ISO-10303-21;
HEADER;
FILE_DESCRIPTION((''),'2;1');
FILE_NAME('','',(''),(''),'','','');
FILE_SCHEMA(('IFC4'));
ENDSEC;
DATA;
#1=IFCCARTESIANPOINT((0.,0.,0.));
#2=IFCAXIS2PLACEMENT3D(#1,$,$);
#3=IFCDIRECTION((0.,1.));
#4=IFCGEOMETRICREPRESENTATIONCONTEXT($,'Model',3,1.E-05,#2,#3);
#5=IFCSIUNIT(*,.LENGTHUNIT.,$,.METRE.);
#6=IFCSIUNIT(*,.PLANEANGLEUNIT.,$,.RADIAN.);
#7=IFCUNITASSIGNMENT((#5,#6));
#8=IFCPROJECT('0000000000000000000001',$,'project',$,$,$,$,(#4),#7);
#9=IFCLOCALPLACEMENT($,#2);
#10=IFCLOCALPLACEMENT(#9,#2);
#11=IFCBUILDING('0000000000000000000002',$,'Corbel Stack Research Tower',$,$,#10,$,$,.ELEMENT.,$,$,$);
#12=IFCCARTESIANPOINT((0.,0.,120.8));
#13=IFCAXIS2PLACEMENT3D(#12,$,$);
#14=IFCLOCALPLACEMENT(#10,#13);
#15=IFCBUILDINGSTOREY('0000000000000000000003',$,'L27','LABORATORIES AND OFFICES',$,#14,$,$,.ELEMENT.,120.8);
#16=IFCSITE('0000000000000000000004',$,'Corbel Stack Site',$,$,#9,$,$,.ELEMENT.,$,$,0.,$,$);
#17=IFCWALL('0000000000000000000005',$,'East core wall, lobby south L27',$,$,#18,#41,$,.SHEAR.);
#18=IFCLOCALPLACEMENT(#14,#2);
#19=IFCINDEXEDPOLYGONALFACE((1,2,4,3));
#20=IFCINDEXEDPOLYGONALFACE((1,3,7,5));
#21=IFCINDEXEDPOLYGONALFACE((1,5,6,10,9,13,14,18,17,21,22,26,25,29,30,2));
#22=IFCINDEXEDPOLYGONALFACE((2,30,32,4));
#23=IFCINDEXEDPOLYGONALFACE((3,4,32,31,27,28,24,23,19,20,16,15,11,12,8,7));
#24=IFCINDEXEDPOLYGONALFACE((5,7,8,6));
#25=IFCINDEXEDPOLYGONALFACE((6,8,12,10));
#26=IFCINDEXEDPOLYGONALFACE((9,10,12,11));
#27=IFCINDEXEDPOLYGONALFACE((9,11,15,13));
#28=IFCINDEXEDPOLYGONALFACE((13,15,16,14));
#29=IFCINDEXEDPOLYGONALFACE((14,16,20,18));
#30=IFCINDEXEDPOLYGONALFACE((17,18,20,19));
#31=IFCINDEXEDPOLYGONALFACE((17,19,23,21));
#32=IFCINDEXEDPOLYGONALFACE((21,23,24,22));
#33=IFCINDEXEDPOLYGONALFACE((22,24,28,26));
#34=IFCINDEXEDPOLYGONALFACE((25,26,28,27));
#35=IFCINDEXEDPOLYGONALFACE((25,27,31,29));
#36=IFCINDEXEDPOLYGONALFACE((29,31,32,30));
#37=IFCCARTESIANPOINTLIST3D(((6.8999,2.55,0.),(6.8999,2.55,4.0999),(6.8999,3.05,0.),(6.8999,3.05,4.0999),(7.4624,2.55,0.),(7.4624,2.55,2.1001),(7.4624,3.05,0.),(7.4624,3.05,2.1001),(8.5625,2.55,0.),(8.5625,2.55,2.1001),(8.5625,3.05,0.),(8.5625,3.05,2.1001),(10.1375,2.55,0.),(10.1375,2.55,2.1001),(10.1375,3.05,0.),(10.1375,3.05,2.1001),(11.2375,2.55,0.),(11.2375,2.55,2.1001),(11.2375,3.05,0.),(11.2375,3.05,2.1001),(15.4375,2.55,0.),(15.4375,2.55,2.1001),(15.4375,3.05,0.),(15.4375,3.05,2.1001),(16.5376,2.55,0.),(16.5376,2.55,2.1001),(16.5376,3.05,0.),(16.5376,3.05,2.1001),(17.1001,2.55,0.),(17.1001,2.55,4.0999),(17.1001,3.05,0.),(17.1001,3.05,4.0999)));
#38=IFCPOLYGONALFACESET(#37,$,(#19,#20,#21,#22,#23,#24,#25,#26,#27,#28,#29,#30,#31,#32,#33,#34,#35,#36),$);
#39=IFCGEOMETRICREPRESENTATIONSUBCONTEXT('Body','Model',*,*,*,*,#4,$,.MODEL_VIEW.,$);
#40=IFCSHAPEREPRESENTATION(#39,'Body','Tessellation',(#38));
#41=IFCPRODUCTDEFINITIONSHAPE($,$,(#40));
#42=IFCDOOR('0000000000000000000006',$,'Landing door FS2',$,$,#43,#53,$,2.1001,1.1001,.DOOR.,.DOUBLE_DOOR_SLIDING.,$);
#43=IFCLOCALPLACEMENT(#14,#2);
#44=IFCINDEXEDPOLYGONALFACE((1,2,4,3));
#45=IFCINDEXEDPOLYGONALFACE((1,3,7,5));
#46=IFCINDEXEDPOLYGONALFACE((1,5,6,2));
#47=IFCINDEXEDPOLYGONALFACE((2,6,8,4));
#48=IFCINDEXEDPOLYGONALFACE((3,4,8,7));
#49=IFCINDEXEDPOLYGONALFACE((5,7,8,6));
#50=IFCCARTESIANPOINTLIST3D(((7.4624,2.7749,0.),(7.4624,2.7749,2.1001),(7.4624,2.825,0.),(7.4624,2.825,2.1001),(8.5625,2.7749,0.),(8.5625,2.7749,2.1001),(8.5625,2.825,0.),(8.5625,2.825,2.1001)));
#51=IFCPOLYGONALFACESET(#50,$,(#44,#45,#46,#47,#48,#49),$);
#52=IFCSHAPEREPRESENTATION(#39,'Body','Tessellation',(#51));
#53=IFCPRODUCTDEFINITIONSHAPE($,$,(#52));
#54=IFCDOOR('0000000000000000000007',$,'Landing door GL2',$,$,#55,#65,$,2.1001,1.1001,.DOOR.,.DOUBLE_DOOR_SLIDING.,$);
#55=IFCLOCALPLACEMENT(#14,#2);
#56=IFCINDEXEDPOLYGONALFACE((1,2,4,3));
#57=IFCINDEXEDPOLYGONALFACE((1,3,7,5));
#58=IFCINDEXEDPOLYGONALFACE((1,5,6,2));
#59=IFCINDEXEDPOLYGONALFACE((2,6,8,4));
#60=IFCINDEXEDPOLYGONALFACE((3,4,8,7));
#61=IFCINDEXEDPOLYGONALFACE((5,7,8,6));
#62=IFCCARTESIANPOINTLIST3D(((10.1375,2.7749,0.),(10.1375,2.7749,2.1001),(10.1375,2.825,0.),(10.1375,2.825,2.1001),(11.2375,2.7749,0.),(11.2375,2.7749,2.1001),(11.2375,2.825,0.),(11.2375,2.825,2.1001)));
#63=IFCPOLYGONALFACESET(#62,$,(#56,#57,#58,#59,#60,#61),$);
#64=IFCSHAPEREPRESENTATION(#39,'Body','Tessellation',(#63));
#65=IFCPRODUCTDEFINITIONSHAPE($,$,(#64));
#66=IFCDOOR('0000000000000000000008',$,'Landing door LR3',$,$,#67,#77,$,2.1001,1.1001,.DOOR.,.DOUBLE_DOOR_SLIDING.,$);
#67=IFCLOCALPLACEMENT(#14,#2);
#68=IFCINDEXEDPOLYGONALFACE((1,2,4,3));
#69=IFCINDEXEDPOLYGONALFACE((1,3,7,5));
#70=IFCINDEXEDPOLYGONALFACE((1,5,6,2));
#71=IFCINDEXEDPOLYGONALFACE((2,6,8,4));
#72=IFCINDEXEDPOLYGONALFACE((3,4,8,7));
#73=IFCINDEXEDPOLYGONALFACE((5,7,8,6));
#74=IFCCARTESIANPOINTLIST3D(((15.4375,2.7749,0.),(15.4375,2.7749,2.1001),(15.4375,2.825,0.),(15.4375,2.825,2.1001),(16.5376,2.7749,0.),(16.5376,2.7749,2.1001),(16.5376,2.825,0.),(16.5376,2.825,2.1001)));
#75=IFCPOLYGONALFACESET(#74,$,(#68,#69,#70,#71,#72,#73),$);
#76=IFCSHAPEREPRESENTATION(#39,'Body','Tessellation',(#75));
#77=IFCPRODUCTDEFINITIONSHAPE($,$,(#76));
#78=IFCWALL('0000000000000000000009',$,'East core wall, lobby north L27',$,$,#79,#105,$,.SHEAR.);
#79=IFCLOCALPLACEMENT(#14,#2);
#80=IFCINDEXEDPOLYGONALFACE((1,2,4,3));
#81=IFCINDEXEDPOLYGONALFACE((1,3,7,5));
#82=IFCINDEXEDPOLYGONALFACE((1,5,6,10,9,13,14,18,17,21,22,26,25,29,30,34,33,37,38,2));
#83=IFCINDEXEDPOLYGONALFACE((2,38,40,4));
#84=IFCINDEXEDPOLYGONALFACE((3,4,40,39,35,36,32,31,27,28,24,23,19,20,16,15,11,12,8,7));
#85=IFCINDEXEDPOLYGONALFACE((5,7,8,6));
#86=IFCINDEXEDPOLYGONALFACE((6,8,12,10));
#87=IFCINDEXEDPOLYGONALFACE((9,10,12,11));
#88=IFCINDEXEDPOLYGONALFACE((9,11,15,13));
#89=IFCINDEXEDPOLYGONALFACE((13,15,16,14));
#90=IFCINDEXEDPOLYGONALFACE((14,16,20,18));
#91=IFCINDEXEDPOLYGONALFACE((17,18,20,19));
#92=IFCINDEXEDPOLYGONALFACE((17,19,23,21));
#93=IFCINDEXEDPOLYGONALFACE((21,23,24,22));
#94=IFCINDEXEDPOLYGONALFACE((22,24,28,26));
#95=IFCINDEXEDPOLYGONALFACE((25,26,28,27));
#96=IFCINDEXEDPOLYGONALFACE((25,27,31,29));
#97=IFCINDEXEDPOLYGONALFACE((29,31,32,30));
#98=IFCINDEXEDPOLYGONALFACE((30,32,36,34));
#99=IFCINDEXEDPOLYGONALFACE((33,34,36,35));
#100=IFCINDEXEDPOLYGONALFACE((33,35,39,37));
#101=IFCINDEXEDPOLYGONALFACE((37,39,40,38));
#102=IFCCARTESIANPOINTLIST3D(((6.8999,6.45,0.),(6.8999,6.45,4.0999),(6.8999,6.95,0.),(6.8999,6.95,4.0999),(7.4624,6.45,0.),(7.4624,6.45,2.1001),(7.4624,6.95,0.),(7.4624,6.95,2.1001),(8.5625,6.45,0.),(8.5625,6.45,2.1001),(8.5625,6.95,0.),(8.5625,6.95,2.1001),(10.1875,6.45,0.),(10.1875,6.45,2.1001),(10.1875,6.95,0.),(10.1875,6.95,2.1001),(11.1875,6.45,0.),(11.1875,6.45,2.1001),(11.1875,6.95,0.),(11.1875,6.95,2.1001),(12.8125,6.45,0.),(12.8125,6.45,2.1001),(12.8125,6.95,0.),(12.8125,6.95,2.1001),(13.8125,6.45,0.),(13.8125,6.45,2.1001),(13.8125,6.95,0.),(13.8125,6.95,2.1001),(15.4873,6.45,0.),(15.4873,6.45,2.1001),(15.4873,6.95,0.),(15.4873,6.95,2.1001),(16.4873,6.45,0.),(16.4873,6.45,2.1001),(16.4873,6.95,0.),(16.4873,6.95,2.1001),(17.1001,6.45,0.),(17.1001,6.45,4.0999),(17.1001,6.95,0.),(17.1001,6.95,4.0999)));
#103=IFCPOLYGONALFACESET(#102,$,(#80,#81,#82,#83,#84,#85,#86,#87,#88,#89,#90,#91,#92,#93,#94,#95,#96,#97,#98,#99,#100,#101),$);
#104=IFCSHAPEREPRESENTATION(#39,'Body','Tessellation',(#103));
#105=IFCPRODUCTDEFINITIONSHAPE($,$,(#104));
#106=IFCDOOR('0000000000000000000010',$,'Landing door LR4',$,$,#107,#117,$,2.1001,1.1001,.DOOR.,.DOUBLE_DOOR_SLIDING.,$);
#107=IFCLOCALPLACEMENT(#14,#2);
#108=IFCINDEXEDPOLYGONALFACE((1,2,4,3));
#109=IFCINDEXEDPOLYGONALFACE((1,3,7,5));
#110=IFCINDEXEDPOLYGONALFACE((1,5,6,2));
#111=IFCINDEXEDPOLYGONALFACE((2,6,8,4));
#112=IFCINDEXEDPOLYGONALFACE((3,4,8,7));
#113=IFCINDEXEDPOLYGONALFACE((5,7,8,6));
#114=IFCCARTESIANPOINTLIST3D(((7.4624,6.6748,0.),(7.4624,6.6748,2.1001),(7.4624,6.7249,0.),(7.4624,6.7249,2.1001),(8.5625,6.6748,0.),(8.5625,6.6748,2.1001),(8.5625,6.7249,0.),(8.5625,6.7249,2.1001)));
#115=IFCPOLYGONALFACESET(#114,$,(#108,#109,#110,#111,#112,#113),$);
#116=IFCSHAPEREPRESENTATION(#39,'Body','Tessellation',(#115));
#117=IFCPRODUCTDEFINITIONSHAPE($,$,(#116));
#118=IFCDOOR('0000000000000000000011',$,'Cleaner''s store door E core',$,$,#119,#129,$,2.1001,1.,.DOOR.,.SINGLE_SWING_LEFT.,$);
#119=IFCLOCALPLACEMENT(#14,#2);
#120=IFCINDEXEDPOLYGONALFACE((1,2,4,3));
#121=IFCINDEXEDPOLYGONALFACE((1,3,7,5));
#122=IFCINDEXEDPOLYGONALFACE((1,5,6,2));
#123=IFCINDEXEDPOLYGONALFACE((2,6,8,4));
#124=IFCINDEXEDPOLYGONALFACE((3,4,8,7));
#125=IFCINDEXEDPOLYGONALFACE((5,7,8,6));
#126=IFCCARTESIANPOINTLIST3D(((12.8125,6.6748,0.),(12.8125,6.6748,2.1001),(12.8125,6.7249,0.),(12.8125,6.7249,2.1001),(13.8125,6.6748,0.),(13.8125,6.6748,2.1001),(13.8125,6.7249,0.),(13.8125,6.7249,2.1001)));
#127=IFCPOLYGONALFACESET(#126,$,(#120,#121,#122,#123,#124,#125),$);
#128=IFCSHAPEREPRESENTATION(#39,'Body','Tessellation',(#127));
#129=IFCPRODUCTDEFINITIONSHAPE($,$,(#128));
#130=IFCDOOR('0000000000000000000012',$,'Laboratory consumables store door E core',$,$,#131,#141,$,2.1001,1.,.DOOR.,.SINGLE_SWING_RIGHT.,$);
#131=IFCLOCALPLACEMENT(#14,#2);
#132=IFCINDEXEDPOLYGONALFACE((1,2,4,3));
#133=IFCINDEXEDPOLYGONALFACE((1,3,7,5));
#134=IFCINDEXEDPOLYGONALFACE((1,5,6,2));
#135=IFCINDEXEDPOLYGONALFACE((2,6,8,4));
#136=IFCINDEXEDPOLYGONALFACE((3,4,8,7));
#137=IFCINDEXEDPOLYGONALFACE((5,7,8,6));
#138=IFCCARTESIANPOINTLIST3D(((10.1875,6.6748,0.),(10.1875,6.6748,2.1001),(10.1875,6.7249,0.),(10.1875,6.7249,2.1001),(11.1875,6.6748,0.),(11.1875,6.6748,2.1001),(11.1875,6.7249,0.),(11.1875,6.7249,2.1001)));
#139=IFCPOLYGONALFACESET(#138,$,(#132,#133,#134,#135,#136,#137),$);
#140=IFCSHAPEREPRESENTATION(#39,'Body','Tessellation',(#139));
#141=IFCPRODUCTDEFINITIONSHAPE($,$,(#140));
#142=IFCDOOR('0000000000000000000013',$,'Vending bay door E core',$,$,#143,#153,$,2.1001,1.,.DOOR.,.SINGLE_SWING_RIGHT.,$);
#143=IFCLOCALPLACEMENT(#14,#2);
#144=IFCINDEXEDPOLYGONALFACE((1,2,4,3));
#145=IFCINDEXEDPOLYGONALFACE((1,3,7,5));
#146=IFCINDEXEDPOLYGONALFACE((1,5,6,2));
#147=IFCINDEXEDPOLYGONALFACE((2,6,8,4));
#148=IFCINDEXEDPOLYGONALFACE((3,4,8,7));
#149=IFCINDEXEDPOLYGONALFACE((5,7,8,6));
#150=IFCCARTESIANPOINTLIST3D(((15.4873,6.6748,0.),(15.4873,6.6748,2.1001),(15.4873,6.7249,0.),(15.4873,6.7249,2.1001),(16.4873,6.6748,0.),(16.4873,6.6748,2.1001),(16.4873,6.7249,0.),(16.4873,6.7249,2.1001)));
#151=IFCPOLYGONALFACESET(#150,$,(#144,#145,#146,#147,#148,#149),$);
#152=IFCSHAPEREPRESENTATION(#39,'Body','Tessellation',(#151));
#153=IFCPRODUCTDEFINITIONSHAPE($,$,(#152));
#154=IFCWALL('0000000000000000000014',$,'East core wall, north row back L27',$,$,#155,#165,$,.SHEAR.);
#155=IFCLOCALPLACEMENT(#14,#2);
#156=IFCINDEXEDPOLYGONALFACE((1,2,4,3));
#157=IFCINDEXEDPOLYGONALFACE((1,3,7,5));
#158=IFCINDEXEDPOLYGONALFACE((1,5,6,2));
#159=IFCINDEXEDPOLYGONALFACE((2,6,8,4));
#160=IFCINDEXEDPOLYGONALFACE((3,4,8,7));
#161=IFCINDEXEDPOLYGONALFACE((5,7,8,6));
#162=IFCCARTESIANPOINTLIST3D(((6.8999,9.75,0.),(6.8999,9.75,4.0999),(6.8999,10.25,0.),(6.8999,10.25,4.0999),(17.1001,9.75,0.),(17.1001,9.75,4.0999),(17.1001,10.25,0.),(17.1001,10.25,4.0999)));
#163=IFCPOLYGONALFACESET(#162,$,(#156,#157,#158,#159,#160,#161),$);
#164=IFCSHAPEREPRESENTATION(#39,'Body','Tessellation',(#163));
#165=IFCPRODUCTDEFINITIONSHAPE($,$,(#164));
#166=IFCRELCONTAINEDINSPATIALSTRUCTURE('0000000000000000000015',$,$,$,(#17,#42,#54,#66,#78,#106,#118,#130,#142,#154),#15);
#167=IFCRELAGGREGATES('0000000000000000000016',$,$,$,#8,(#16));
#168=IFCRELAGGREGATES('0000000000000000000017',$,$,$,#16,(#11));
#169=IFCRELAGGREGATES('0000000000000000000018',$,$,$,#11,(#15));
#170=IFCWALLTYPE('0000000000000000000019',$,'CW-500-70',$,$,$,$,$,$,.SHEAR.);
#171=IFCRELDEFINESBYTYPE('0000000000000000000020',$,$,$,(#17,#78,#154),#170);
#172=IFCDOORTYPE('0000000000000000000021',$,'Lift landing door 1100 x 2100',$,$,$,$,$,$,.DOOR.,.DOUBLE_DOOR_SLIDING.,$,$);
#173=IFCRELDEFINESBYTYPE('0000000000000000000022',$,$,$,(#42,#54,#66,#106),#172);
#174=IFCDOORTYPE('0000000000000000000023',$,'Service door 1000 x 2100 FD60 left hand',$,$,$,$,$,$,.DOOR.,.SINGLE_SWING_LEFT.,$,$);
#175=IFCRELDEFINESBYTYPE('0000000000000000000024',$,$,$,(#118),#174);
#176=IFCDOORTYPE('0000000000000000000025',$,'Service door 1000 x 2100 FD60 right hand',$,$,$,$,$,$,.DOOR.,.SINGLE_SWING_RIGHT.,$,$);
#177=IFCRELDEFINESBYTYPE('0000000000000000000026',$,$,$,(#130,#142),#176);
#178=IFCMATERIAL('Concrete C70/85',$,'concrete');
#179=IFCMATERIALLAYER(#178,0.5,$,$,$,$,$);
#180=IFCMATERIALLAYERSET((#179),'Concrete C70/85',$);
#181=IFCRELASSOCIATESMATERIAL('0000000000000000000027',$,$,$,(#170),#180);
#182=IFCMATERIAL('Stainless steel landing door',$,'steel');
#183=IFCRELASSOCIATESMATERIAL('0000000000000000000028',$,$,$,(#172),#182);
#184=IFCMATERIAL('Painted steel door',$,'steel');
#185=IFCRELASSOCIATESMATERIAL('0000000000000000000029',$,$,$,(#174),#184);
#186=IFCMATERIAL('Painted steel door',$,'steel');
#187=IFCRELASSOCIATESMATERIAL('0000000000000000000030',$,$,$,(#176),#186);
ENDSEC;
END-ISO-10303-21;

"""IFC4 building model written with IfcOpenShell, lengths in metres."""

from ifc_helpers import new_model, si_unit, direction, frame, frame_2d, origin, place, context, subcontext, project, spatial, rectangle, extrude, material, layer, layer_set, type_object, element, fill, save


model = new_model("IFC4")

# Units and contexts
model_context = context("Model", 3, precision=1e-05, world=origin(), true_north=direction((0.0, 1.0)))
body_context = subcontext(model_context, "Body", "Model", "MODEL_VIEW")
ifc_project = project(units=[si_unit("LENGTHUNIT", "METRE"), si_unit("PLANEANGLEUNIT", "RADIAN")], contexts=[model_context])

# Site, building, storey
site_placement = place(None, origin())
site = spatial("IfcSite", under=ifc_project, at=site_placement, Name="Corbel Stack Site", CompositionType="ELEMENT", RefElevation=0.0)
building_placement = place(site_placement, origin())
building = spatial("IfcBuilding", under=site, at=building_placement, Name="Corbel Stack Research Tower", CompositionType="ELEMENT")
storey_placement = place(building_placement, frame((0.0, 0.0, 120.8)))
storey = spatial("IfcBuildingStorey", under=building, at=storey_placement, Name="L27", Description="LABORATORIES AND OFFICES", CompositionType="ELEMENT", Elevation=120.8)

# Walls, openings, doors
ifc_material_1 = material(Name="Concrete C70/85", Category="concrete")
ifc_layer_1 = layer(ifc_material_1, 0.5)
ifc_layer_set_1 = layer_set([ifc_layer_1], Name="Concrete C70/85")
wall_type_1 = type_object("IfcWallType", Name="CW-500-70", PredefinedType="SHEAR", material=ifc_layer_set_1)
wall_1_placement = place(storey_placement, frame((6.8999, 2.8, 0.0), z_axis=(0.0, 0.0, 1.0), x_axis=(1.0, 0.0, 0.0)))
wall_1 = element("IfcWall", 1, at=wall_1_placement, inside=storey, type_object=wall_type_1, Name="East core wall, lobby south L27", PredefinedType="SHEAR", context=body_context, shape_type="SweptSolid", body=[
    extrude(rectangle(XDim=10.2002, YDim=0.5, at=frame_2d((5.1001, 0.0))), origin(), (0.0, 0.0, 1.0), 4.0999),
])
opening_1_placement = place(wall_1_placement, frame((0.5625, 0.0, 0.0)))
opening_1 = element("IfcOpeningElement", 2, at=opening_1_placement, cuts=wall_1, PredefinedType="OPENING", context=body_context, shape_type="SweptSolid", body=[
    extrude(rectangle(XDim=1.1001, YDim=2.1001, at=frame_2d((0.55, 1.05))), frame((0.0, 0.26, 0.0), z_axis=(0.0, -1.0, 0.0), x_axis=(1.0, 0.0, 0.0)), (0.0, 0.0, 1.0), 0.52),
])
opening_2_placement = place(wall_1_placement, frame((3.2375, 0.0, 0.0)))
opening_2 = element("IfcOpeningElement", 3, at=opening_2_placement, cuts=wall_1, PredefinedType="OPENING", context=body_context, shape_type="SweptSolid", body=[
    extrude(rectangle(XDim=1.1001, YDim=2.1001, at=frame_2d((0.55, 1.05))), frame((0.0, 0.26, 0.0), z_axis=(0.0, -1.0, 0.0), x_axis=(1.0, 0.0, 0.0)), (0.0, 0.0, 1.0), 0.52),
])
opening_3_placement = place(wall_1_placement, frame((8.5376, 0.0, 0.0)))
opening_3 = element("IfcOpeningElement", 4, at=opening_3_placement, cuts=wall_1, PredefinedType="OPENING", context=body_context, shape_type="SweptSolid", body=[
    extrude(rectangle(XDim=1.1001, YDim=2.1001, at=frame_2d((0.55, 1.05))), frame((0.0, 0.26, 0.0), z_axis=(0.0, -1.0, 0.0), x_axis=(1.0, 0.0, 0.0)), (0.0, 0.0, 1.0), 0.52),
])
ifc_material_2 = material(Name="Stainless steel landing door", Category="steel")
door_type_1 = type_object("IfcDoorType", Name="Lift landing door 1100 x 2100", OperationType="DOUBLE_DOOR_SLIDING", PredefinedType="DOOR", material=ifc_material_2)
door_1_placement = place(opening_1_placement, origin())
door_1 = element("IfcDoor", 5, at=door_1_placement, inside=storey, type_object=door_type_1, Name="Landing door FS2", OperationType="DOUBLE_DOOR_SLIDING", OverallHeight=2.1001, OverallWidth=1.1001, PredefinedType="DOOR", context=body_context, shape_type="SweptSolid", body=[
    extrude(rectangle(XDim=1.1001, YDim=2.1001, at=frame_2d((0.55, 1.05))), frame((0.0, 0.0249, 0.0), z_axis=(0.0, -1.0, 0.0), x_axis=(1.0, 0.0, 0.0)), (0.0, 0.0, 1.0), 0.05),
])
fill(opening_1, door_1)
door_2_placement = place(opening_2_placement, origin())
door_2 = element("IfcDoor", 6, at=door_2_placement, inside=storey, type_object=door_type_1, Name="Landing door GL2", OperationType="DOUBLE_DOOR_SLIDING", OverallHeight=2.1001, OverallWidth=1.1001, PredefinedType="DOOR", context=body_context, shape_type="SweptSolid", body=[
    extrude(rectangle(XDim=1.1001, YDim=2.1001, at=frame_2d((0.55, 1.05))), frame((0.0, 0.0249, 0.0), z_axis=(0.0, -1.0, 0.0), x_axis=(1.0, 0.0, 0.0)), (0.0, 0.0, 1.0), 0.05),
])
fill(opening_2, door_2)
door_3_placement = place(opening_3_placement, origin())
door_3 = element("IfcDoor", 7, at=door_3_placement, inside=storey, type_object=door_type_1, Name="Landing door LR3", OperationType="DOUBLE_DOOR_SLIDING", OverallHeight=2.1001, OverallWidth=1.1001, PredefinedType="DOOR", context=body_context, shape_type="SweptSolid", body=[
    extrude(rectangle(XDim=1.1001, YDim=2.1001, at=frame_2d((0.55, 1.05))), frame((0.0, 0.0249, 0.0), z_axis=(0.0, -1.0, 0.0), x_axis=(1.0, 0.0, 0.0)), (0.0, 0.0, 1.0), 0.05),
])
fill(opening_3, door_3)
wall_2_placement = place(storey_placement, frame((6.8999, 6.7, 0.0), z_axis=(0.0, 0.0, 1.0), x_axis=(1.0, 0.0, 0.0)))
wall_2 = element("IfcWall", 8, at=wall_2_placement, inside=storey, type_object=wall_type_1, Name="East core wall, lobby north L27", PredefinedType="SHEAR", context=body_context, shape_type="SweptSolid", body=[
    extrude(rectangle(XDim=10.2002, YDim=0.5, at=frame_2d((5.1001, 0.0))), origin(), (0.0, 0.0, 1.0), 4.0999),
])
opening_4_placement = place(wall_2_placement, frame((0.5625, 0.0, 0.0)))
opening_4 = element("IfcOpeningElement", 9, at=opening_4_placement, cuts=wall_2, PredefinedType="OPENING", context=body_context, shape_type="SweptSolid", body=[
    extrude(rectangle(XDim=1.1001, YDim=2.1001, at=frame_2d((0.55, 1.05))), frame((0.0, 0.26, 0.0), z_axis=(0.0, -1.0, 0.0), x_axis=(1.0, 0.0, 0.0)), (0.0, 0.0, 1.0), 0.52),
])
opening_5_placement = place(wall_2_placement, frame((3.2876, 0.0, 0.0)))
opening_5 = element("IfcOpeningElement", 10, at=opening_5_placement, cuts=wall_2, PredefinedType="OPENING", context=body_context, shape_type="SweptSolid", body=[
    extrude(rectangle(XDim=1.0, YDim=2.1001, at=frame_2d((0.5, 1.05))), frame((0.0, 0.26, 0.0), z_axis=(0.0, -1.0, 0.0), x_axis=(1.0, 0.0, 0.0)), (0.0, 0.0, 1.0), 0.52),
])
opening_6_placement = place(wall_2_placement, frame((5.9126, 0.0, 0.0)))
opening_6 = element("IfcOpeningElement", 11, at=opening_6_placement, cuts=wall_2, PredefinedType="OPENING", context=body_context, shape_type="SweptSolid", body=[
    extrude(rectangle(XDim=1.0, YDim=2.1001, at=frame_2d((0.5, 1.05))), frame((0.0, 0.26, 0.0), z_axis=(0.0, -1.0, 0.0), x_axis=(1.0, 0.0, 0.0)), (0.0, 0.0, 1.0), 0.52),
])
opening_7_placement = place(wall_2_placement, frame((8.5874, 0.0, 0.0)))
opening_7 = element("IfcOpeningElement", 12, at=opening_7_placement, cuts=wall_2, PredefinedType="OPENING", context=body_context, shape_type="SweptSolid", body=[
    extrude(rectangle(XDim=1.0, YDim=2.1001, at=frame_2d((0.5, 1.05))), frame((0.0, 0.26, 0.0), z_axis=(0.0, -1.0, 0.0), x_axis=(1.0, 0.0, 0.0)), (0.0, 0.0, 1.0), 0.52),
])
door_4_placement = place(opening_4_placement, origin())
door_4 = element("IfcDoor", 13, at=door_4_placement, inside=storey, type_object=door_type_1, Name="Landing door LR4", OperationType="DOUBLE_DOOR_SLIDING", OverallHeight=2.1001, OverallWidth=1.1001, PredefinedType="DOOR", context=body_context, shape_type="SweptSolid", body=[
    extrude(rectangle(XDim=1.1001, YDim=2.1001, at=frame_2d((0.55, 1.05))), frame((0.0, 0.0249, 0.0), z_axis=(0.0, -1.0, 0.0), x_axis=(1.0, 0.0, 0.0)), (0.0, 0.0, 1.0), 0.05),
])
fill(opening_4, door_4)
ifc_material_3 = material(Name="Painted steel door", Category="steel")
door_type_2 = type_object("IfcDoorType", Name="Service door 1000 x 2100 FD60 left hand", OperationType="SINGLE_SWING_LEFT", PredefinedType="DOOR", material=ifc_material_3)
door_5_placement = place(opening_6_placement, origin())
door_5 = element("IfcDoor", 14, at=door_5_placement, inside=storey, type_object=door_type_2, Name="Cleaner's store door E core", OperationType="SINGLE_SWING_LEFT", OverallHeight=2.1001, OverallWidth=1.0, PredefinedType="DOOR", context=body_context, shape_type="SweptSolid", body=[
    extrude(rectangle(XDim=1.0, YDim=2.1001, at=frame_2d((0.5, 1.05))), frame((0.0, 0.0249, 0.0), z_axis=(0.0, -1.0, 0.0), x_axis=(1.0, 0.0, 0.0)), (0.0, 0.0, 1.0), 0.05),
])
fill(opening_6, door_5)
ifc_material_4 = material(Name="Painted steel door", Category="steel")
door_type_3 = type_object("IfcDoorType", Name="Service door 1000 x 2100 FD60 right hand", OperationType="SINGLE_SWING_RIGHT", PredefinedType="DOOR", material=ifc_material_4)
door_6_placement = place(opening_5_placement, origin())
door_6 = element("IfcDoor", 15, at=door_6_placement, inside=storey, type_object=door_type_3, Name="Laboratory consumables store door E core", OperationType="SINGLE_SWING_RIGHT", OverallHeight=2.1001, OverallWidth=1.0, PredefinedType="DOOR", context=body_context, shape_type="SweptSolid", body=[
    extrude(rectangle(XDim=1.0, YDim=2.1001, at=frame_2d((0.5, 1.05))), frame((0.0, 0.0249, 0.0), z_axis=(0.0, -1.0, 0.0), x_axis=(1.0, 0.0, 0.0)), (0.0, 0.0, 1.0), 0.05),
])
fill(opening_5, door_6)
door_7_placement = place(opening_7_placement, origin())
door_7 = element("IfcDoor", 16, at=door_7_placement, inside=storey, type_object=door_type_3, Name="Vending bay door E core", OperationType="SINGLE_SWING_RIGHT", OverallHeight=2.1001, OverallWidth=1.0, PredefinedType="DOOR", context=body_context, shape_type="SweptSolid", body=[
    extrude(rectangle(XDim=1.0, YDim=2.1001, at=frame_2d((0.5, 1.05))), frame((0.0, 0.0249, 0.0), z_axis=(0.0, -1.0, 0.0), x_axis=(1.0, 0.0, 0.0)), (0.0, 0.0, 1.0), 0.05),
])
fill(opening_7, door_7)

# Wall
wall_3_placement = place(storey_placement, frame((6.8999, 10.0, 0.0), z_axis=(0.0, 0.0, 1.0), x_axis=(1.0, 0.0, 0.0)))
element("IfcWall", 17, at=wall_3_placement, inside=storey, type_object=wall_type_1, Name="East core wall, north row back L27", PredefinedType="SHEAR", context=body_context, shape_type="SweptSolid", body=[
    extrude(rectangle(XDim=10.2002, YDim=0.5, at=frame_2d((5.1001, 0.0))), origin(), (0.0, 0.0, 1.0), 4.0999),
])

save(model, "model.ifc")
